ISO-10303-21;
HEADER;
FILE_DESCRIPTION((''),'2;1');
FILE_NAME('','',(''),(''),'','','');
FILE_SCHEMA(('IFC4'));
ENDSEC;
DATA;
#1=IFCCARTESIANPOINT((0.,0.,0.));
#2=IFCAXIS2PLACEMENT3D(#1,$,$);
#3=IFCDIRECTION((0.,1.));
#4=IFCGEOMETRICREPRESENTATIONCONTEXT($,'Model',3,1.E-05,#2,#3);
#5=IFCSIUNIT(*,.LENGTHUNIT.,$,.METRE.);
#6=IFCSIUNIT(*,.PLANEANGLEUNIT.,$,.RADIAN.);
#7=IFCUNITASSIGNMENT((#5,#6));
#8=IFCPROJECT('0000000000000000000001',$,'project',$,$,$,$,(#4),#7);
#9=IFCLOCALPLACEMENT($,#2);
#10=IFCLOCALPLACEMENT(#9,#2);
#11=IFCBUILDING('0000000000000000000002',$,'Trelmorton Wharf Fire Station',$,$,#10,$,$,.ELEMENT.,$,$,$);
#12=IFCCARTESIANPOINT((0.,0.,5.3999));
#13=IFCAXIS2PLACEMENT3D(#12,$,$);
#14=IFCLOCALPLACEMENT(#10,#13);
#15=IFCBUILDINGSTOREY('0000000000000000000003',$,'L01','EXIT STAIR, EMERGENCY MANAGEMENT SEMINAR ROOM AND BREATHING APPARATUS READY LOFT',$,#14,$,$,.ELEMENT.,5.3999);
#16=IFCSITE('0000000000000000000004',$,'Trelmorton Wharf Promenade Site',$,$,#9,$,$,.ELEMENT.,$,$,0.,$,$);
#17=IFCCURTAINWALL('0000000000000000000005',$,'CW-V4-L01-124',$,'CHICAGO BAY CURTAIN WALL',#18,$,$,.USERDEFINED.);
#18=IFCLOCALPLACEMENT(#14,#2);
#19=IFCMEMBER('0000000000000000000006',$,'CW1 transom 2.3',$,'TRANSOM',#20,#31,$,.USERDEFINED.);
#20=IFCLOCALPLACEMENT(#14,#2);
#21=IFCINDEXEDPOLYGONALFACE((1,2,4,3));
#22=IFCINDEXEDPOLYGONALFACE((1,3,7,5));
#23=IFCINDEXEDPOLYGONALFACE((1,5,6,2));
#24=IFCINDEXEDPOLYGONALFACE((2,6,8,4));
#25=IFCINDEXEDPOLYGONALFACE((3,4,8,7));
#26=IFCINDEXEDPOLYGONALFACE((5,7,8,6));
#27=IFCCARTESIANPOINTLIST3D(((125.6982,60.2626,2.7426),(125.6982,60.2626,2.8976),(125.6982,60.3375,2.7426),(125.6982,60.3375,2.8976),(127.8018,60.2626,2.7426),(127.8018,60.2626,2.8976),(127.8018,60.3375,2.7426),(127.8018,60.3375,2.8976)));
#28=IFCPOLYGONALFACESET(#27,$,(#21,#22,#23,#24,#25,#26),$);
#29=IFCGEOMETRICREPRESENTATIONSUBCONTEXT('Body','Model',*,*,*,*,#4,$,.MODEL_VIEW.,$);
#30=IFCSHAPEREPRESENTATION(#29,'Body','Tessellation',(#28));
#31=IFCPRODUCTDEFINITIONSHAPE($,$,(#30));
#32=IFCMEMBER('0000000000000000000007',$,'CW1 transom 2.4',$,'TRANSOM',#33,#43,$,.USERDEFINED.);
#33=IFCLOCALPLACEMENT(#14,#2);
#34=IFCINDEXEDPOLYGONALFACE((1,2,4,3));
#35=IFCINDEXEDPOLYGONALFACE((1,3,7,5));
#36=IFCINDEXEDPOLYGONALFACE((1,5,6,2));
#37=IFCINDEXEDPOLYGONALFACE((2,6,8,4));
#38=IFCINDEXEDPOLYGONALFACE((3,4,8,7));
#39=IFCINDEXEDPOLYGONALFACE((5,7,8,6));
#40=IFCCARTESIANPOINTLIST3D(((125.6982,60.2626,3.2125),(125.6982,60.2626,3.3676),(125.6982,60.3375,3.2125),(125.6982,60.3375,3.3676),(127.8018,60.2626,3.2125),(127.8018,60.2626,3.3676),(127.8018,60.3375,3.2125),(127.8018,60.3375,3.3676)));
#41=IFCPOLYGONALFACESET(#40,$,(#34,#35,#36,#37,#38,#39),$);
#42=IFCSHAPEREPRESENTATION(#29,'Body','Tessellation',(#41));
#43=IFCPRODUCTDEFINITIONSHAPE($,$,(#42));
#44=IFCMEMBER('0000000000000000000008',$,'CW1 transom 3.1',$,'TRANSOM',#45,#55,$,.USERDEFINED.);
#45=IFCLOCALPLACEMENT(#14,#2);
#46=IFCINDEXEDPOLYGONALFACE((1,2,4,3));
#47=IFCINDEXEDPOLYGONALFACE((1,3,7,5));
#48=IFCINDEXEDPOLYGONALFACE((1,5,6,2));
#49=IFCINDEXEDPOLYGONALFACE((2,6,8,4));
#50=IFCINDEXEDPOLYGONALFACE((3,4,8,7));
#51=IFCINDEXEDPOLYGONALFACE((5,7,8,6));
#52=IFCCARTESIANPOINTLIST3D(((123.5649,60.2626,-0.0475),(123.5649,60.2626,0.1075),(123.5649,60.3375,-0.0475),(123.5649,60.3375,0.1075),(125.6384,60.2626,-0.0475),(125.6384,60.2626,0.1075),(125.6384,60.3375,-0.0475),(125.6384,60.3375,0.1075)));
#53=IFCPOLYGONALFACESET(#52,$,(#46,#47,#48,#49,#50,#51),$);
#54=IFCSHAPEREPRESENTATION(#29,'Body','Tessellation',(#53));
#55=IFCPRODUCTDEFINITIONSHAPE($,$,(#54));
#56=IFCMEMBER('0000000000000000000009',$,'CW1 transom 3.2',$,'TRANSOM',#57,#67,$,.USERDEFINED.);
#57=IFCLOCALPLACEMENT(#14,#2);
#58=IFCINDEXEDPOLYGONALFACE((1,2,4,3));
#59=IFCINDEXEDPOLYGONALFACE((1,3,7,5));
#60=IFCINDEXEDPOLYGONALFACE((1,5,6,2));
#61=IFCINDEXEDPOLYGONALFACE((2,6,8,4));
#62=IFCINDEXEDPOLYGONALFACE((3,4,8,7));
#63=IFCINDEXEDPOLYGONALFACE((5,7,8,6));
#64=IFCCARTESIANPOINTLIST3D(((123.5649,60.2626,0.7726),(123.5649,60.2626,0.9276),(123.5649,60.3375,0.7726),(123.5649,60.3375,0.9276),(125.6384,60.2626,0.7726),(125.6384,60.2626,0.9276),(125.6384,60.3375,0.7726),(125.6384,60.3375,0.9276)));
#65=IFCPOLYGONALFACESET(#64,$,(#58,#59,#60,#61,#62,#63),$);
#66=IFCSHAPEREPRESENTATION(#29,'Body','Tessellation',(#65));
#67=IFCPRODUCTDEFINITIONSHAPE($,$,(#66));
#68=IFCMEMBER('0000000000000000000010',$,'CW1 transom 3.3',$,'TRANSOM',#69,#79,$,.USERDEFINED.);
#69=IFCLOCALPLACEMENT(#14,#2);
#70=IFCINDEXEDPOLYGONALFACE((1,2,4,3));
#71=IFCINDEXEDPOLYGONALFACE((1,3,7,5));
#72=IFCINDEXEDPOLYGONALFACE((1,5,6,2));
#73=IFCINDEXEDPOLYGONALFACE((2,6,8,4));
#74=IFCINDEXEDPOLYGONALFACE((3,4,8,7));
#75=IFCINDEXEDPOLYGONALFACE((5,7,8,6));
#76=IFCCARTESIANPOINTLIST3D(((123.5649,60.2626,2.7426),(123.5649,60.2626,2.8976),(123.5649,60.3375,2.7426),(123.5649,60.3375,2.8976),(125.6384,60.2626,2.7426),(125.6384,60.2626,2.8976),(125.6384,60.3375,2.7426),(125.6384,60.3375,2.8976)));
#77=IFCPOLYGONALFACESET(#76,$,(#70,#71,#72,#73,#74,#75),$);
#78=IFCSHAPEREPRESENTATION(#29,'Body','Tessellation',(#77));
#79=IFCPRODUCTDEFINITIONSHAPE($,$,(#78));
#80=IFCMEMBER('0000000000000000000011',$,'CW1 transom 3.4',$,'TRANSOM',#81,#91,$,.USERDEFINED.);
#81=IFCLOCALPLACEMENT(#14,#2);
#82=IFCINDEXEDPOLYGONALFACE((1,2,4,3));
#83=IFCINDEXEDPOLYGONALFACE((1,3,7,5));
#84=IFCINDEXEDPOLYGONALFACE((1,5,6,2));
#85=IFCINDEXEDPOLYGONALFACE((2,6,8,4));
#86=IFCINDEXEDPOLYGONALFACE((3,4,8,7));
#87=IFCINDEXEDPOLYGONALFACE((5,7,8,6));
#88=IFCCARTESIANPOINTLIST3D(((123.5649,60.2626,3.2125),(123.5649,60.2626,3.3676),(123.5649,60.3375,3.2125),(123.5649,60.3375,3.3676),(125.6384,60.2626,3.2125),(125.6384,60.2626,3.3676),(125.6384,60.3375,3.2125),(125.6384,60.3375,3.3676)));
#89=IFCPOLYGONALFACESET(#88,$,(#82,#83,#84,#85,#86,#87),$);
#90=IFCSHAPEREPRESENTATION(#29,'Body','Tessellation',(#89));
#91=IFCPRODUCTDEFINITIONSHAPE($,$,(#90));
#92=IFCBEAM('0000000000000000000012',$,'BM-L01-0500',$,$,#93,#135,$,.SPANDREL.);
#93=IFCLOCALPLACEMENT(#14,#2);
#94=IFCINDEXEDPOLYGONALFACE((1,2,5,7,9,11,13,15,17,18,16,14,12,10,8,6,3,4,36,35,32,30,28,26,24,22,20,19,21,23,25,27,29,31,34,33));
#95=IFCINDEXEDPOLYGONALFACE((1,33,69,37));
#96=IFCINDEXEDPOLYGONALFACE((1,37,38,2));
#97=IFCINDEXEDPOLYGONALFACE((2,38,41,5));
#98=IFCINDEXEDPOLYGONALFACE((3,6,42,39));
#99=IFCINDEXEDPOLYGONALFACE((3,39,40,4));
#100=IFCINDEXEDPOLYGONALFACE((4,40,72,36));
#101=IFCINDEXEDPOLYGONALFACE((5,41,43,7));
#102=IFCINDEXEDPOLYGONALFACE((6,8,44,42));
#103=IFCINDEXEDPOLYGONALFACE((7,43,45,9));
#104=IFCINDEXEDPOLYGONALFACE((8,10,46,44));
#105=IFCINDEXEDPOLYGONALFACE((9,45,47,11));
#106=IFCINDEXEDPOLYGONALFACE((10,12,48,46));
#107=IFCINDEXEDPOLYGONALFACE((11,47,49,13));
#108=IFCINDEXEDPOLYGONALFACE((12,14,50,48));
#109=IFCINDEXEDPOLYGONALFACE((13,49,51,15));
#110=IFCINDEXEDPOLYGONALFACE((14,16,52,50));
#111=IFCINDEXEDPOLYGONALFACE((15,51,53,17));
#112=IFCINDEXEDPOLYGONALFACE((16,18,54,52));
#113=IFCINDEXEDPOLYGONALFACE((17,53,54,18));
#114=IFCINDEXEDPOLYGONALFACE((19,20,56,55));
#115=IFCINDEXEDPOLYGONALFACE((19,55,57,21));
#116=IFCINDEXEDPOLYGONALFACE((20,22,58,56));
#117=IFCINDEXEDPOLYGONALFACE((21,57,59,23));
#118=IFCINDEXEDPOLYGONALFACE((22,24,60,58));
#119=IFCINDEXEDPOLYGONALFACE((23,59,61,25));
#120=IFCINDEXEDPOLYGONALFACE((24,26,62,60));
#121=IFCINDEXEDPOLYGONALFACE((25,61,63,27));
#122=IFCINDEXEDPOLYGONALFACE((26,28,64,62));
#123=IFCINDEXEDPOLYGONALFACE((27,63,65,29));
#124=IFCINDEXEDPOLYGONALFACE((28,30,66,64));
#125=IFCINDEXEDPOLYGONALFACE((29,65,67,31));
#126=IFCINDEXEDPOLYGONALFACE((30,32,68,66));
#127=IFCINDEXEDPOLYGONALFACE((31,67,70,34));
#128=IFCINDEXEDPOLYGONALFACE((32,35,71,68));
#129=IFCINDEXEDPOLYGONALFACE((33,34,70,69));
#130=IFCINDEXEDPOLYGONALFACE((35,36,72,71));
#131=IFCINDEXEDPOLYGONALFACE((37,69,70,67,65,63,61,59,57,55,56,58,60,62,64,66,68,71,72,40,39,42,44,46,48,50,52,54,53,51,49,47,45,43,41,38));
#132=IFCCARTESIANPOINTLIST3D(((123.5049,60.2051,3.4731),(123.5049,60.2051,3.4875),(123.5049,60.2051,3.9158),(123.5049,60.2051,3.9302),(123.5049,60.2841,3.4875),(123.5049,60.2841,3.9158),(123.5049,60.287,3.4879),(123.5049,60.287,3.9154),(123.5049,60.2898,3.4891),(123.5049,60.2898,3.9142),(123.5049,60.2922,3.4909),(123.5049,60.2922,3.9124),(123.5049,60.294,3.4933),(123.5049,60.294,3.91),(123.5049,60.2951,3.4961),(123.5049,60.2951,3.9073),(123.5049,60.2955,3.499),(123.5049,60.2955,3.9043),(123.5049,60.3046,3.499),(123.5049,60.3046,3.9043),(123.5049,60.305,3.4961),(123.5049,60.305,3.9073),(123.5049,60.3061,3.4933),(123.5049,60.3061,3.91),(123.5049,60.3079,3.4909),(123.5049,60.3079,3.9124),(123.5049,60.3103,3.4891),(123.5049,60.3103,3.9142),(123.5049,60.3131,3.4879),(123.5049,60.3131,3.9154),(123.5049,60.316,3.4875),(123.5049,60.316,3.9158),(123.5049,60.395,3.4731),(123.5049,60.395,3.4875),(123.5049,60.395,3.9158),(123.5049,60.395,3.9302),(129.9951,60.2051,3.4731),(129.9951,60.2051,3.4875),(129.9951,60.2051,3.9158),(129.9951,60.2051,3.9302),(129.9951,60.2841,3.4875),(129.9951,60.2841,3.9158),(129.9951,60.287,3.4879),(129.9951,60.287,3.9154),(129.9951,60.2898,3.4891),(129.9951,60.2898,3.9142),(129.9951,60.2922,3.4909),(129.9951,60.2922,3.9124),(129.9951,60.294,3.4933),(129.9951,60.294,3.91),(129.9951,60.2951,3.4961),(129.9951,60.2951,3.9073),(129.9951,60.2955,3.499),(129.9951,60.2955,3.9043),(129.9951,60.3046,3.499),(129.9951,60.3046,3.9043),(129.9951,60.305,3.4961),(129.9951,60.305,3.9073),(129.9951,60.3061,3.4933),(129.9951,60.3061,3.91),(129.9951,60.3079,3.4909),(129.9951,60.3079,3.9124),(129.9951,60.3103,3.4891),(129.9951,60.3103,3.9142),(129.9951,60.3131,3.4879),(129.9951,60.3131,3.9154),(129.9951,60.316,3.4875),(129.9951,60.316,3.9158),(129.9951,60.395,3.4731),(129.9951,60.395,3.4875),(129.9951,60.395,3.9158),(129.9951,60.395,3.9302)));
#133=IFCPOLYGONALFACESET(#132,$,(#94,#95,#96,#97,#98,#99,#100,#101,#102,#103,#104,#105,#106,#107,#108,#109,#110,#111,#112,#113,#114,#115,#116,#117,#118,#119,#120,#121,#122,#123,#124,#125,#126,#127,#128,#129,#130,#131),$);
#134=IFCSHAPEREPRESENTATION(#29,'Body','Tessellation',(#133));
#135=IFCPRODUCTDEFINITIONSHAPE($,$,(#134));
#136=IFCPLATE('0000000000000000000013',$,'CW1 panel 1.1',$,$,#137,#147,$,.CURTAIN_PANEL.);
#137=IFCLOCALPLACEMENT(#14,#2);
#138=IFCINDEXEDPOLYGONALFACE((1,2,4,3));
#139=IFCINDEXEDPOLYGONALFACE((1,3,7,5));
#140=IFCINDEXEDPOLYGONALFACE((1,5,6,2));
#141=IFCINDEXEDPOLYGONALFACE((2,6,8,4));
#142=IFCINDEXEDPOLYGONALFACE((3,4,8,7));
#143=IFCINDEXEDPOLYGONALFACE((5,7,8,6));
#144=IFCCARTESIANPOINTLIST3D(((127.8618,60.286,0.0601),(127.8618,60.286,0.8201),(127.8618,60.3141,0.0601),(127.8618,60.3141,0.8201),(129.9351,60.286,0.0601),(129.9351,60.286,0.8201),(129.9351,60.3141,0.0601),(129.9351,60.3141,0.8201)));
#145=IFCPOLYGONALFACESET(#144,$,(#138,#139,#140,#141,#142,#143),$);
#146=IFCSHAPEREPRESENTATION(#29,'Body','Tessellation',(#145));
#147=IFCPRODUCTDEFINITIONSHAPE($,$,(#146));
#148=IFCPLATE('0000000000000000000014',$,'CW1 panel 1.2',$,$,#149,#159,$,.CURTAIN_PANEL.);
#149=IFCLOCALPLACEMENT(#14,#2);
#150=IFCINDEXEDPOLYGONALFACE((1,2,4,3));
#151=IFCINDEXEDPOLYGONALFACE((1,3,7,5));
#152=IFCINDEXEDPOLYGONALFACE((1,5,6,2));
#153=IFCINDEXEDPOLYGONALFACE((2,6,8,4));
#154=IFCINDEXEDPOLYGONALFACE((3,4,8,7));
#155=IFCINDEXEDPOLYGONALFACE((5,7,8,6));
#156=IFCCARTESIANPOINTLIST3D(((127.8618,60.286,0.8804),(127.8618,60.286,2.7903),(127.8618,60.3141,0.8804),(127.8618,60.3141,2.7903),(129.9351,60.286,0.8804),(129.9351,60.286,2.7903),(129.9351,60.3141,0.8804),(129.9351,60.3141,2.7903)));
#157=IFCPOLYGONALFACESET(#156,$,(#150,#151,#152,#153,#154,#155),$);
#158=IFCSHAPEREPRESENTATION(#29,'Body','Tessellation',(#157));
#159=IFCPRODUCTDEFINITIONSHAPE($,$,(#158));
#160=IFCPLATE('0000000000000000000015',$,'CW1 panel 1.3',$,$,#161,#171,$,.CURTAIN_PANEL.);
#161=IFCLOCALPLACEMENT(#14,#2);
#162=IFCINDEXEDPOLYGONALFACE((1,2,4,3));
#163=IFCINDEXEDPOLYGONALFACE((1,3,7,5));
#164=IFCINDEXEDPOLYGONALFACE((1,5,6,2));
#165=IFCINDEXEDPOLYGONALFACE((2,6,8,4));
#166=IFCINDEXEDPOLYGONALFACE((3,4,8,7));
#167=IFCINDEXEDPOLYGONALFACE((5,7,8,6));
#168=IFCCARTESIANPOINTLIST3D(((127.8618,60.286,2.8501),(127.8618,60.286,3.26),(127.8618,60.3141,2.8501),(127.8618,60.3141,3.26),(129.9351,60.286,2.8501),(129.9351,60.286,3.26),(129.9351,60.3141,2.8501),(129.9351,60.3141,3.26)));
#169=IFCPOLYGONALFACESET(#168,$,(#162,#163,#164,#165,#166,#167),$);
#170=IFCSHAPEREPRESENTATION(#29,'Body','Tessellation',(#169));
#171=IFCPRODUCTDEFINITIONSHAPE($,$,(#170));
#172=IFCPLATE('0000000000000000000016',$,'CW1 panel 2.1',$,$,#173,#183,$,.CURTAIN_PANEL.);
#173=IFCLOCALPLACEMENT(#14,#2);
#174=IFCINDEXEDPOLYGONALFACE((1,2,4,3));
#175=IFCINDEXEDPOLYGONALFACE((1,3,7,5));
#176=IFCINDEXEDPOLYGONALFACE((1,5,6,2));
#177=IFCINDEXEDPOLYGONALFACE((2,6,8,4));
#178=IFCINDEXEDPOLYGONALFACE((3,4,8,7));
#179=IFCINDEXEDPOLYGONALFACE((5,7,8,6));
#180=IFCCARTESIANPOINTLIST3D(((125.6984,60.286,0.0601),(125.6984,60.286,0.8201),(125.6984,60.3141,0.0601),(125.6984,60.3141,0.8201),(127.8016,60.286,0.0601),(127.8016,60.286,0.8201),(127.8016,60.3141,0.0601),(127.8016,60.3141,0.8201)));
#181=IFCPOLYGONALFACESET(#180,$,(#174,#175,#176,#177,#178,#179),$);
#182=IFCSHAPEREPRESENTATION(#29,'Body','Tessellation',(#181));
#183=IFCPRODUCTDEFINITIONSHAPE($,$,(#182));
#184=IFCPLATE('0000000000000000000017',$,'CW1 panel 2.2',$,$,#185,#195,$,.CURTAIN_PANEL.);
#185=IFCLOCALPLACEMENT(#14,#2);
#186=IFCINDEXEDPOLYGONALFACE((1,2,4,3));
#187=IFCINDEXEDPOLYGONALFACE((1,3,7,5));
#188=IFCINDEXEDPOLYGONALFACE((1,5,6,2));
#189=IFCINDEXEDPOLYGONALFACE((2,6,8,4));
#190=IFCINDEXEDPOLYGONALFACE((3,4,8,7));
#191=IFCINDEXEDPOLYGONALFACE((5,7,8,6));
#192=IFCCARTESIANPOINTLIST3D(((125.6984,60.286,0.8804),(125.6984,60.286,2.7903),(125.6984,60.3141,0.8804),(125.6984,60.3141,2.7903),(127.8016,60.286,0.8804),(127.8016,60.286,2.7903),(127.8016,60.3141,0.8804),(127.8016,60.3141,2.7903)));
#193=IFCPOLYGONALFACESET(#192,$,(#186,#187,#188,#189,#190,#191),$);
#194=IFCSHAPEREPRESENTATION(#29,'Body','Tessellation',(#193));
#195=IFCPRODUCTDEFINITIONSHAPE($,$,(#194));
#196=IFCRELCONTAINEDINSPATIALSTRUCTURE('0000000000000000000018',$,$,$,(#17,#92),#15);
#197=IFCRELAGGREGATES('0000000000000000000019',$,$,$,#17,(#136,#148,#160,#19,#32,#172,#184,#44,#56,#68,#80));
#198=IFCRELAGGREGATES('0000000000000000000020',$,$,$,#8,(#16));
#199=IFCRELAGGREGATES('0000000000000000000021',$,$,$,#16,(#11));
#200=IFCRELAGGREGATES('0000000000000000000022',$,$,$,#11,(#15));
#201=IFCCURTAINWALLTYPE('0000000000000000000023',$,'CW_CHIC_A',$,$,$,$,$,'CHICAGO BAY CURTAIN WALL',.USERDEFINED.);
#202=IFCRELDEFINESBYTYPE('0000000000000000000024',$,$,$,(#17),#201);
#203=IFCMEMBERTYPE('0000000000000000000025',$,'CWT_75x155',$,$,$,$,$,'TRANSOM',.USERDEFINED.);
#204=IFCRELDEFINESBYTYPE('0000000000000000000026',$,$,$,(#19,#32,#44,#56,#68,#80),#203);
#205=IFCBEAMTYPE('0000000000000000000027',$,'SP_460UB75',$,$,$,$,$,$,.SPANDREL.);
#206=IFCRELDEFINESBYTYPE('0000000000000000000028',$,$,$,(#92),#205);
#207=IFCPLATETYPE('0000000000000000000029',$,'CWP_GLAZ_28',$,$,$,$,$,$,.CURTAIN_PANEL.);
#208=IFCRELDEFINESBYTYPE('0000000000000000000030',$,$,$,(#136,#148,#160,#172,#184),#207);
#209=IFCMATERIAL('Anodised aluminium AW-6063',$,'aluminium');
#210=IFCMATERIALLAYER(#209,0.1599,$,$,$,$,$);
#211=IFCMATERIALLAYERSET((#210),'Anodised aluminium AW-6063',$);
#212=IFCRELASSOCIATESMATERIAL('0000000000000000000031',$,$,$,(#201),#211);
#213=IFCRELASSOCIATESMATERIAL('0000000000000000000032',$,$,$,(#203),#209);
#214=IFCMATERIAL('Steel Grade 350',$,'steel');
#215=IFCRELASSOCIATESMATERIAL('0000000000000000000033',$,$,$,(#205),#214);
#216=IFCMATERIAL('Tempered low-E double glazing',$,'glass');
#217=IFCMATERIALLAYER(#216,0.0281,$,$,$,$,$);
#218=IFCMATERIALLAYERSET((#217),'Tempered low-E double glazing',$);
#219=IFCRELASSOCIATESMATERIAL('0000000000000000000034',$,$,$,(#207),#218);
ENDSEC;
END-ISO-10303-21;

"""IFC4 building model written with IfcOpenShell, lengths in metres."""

from ifc_helpers import new_model, si_unit, direction, frame, origin, origin_2d, place, context, subcontext, project, spatial, rectangle, i_section, extrude, material, layer, layer_set, material_profile, profile_set, type_object, element, aggregate, save


model = new_model("IFC4")

# Units and contexts
model_context = context("Model", 3, precision=1e-05, world=origin(), true_north=direction((0.0, 1.0)))
body_context = subcontext(model_context, "Body", "Model", "MODEL_VIEW")
ifc_project = project(units=[si_unit("LENGTHUNIT", "METRE"), si_unit("PLANEANGLEUNIT", "RADIAN")], contexts=[model_context])

# Site, building, storey
site_placement = place(None, origin())
site = spatial("IfcSite", under=ifc_project, at=site_placement, Name="Trelmorton Wharf Promenade Site", CompositionType="ELEMENT", RefElevation=0.0)
building_placement = place(site_placement, origin())
building = spatial("IfcBuilding", under=site, at=building_placement, Name="Trelmorton Wharf Fire Station", CompositionType="ELEMENT")
storey_placement = place(building_placement, frame((0.0, 0.0, 5.3999)))
storey = spatial("IfcBuildingStorey", under=building, at=storey_placement, Name="L01", Description="EXIT STAIR, EMERGENCY MANAGEMENT SEMINAR ROOM AND BREATHING APPARATUS READY LOFT", CompositionType="ELEMENT", Elevation=5.3999)

# Shared definitions
ifc_material_1 = material(Name="Steel Grade 350", Category="steel")

# Shared definitions
ifc_material_2 = material(Name="Anodised aluminium AW-6063", Category="aluminium")

# Curtain wall, members
ifc_layer_1 = layer(ifc_material_2, 0.1599)
ifc_layer_set_1 = layer_set([ifc_layer_1], Name="Anodised aluminium AW-6063")
curtain_wall_type_1 = type_object("IfcCurtainWallType", Name="CW_CHIC_A", ElementType="CHICAGO BAY CURTAIN WALL", PredefinedType="USERDEFINED", material=ifc_layer_set_1)
curtain_wall_1_placement = place(storey_placement, origin())
curtain_wall_1 = element("IfcCurtainWall", 1, at=curtain_wall_1_placement, inside=storey, type_object=curtain_wall_type_1, Name="CW-V4-L01-124", ObjectType="CHICAGO BAY CURTAIN WALL", PredefinedType="USERDEFINED")
ifc_material_profile_1 = material_profile(ifc_material_2, rectangle(XDim=0.075, YDim=0.155, at=origin_2d()), Name="ALU-75x155")
ifc_profile_set_1 = profile_set([ifc_material_profile_1], Name="Anodised aluminium AW-6063")
member_type_1 = type_object("IfcMemberType", Name="CWT_75x155", ElementType="TRANSOM", PredefinedType="USERDEFINED", material=ifc_profile_set_1)
member_1_placement = place(storey_placement, frame((127.8018, 60.3, 2.8201), z_axis=(-1.0, 0.0, 0.0), x_axis=(0.0, -1.0, 0.0)))
member_1 = element("IfcMember", 2, at=member_1_placement, type_object=member_type_1, Name="CW1 transom 2.3", ObjectType="TRANSOM", PredefinedType="USERDEFINED", context=body_context, shape_type="SweptSolid", body=[
    extrude(rectangle(XDim=0.075, YDim=0.155, at=origin_2d()), origin(), (0.0, 0.0, 1.0), 2.1035),
])
member_2_placement = place(storey_placement, frame((127.8018, 60.3, 3.29), z_axis=(-1.0, 0.0, 0.0), x_axis=(0.0, -1.0, 0.0)))
member_2 = element("IfcMember", 3, at=member_2_placement, type_object=member_type_1, Name="CW1 transom 2.4", ObjectType="TRANSOM", PredefinedType="USERDEFINED", context=body_context, shape_type="SweptSolid", body=[
    extrude(rectangle(XDim=0.075, YDim=0.155, at=origin_2d()), origin(), (0.0, 0.0, 1.0), 2.1035),
])
member_3_placement = place(storey_placement, frame((125.6384, 60.3, 0.03), z_axis=(-1.0, 0.0, 0.0), x_axis=(0.0, -1.0, 0.0)))
member_3 = element("IfcMember", 4, at=member_3_placement, type_object=member_type_1, Name="CW1 transom 3.1", ObjectType="TRANSOM", PredefinedType="USERDEFINED", context=body_context, shape_type="SweptSolid", body=[
    extrude(rectangle(XDim=0.075, YDim=0.155, at=origin_2d()), origin(), (0.0, 0.0, 1.0), 2.0735),
])
member_4_placement = place(storey_placement, frame((125.6384, 60.3, 0.8501), z_axis=(-1.0, 0.0, 0.0), x_axis=(0.0, -1.0, 0.0)))
member_4 = element("IfcMember", 5, at=member_4_placement, type_object=member_type_1, Name="CW1 transom 3.2", ObjectType="TRANSOM", PredefinedType="USERDEFINED", context=body_context, shape_type="SweptSolid", body=[
    extrude(rectangle(XDim=0.075, YDim=0.155, at=origin_2d()), origin(), (0.0, 0.0, 1.0), 2.0735),
])
member_5_placement = place(storey_placement, frame((125.6384, 60.3, 2.8201), z_axis=(-1.0, 0.0, 0.0), x_axis=(0.0, -1.0, 0.0)))
member_5 = element("IfcMember", 6, at=member_5_placement, type_object=member_type_1, Name="CW1 transom 3.3", ObjectType="TRANSOM", PredefinedType="USERDEFINED", context=body_context, shape_type="SweptSolid", body=[
    extrude(rectangle(XDim=0.075, YDim=0.155, at=origin_2d()), origin(), (0.0, 0.0, 1.0), 2.0735),
])
member_6_placement = place(storey_placement, frame((125.6384, 60.3, 3.29), z_axis=(-1.0, 0.0, 0.0), x_axis=(0.0, -1.0, 0.0)))
member_6 = element("IfcMember", 7, at=member_6_placement, type_object=member_type_1, Name="CW1 transom 3.4", ObjectType="TRANSOM", PredefinedType="USERDEFINED", context=body_context, shape_type="SweptSolid", body=[
    extrude(rectangle(XDim=0.075, YDim=0.155, at=origin_2d()), origin(), (0.0, 0.0, 1.0), 2.0735),
])

# Beam
ifc_material_profile_2 = material_profile(ifc_material_1, i_section(OverallWidth=0.1899, OverallDepth=0.457, WebThickness=0.009, FlangeThickness=0.0144, FilletRadius=0.0115, at=origin_2d()), Name="460UB74.6")
ifc_profile_set_2 = profile_set([ifc_material_profile_2], Name="Steel Grade 350")
beam_type = type_object("IfcBeamType", Name="SP_460UB75", PredefinedType="SPANDREL", material=ifc_profile_set_2)
beam_placement = place(storey_placement, frame((123.5049, 60.3, 3.7017), z_axis=(1.0, 0.0, 0.0), x_axis=(0.0, 1.0, 0.0)))
element("IfcBeam", 8, at=beam_placement, inside=storey, type_object=beam_type, Name="BM-L01-0500", PredefinedType="SPANDREL", context=body_context, shape_type="SweptSolid", body=[
    extrude(i_section(OverallWidth=0.1899, OverallDepth=0.457, WebThickness=0.009, FlangeThickness=0.0144, FilletRadius=0.0115, at=origin_2d()), origin(), (0.0, 0.0, 1.0), 6.4902),
])

# Plates
ifc_material_3 = material(Name="Tempered low-E double glazing", Category="glass")
ifc_layer_2 = layer(ifc_material_3, 0.0281)
ifc_layer_set_2 = layer_set([ifc_layer_2], Name="Tempered low-E double glazing")
plate_type = type_object("IfcPlateType", Name="CWP_GLAZ_28", PredefinedType="CURTAIN_PANEL", material=ifc_layer_set_2)
plate_1_placement = place(storey_placement, frame((128.8984, 60.3, 0.0601), z_axis=(0.0, 0.0, 1.0), x_axis=(-1.0, 0.0, 0.0)))
plate_1 = element("IfcPlate", 9, at=plate_1_placement, type_object=plate_type, Name="CW1 panel 1.1", PredefinedType="CURTAIN_PANEL", context=body_context, shape_type="SweptSolid", body=[
    extrude(rectangle(XDim=2.0732, YDim=0.0281, at=origin_2d()), origin(), (0.0, 0.0, 1.0), 0.76),
])
plate_2_placement = place(storey_placement, frame((128.8984, 60.3, 0.8804), z_axis=(0.0, 0.0, 1.0), x_axis=(-1.0, 0.0, 0.0)))
plate_2 = element("IfcPlate", 10, at=plate_2_placement, type_object=plate_type, Name="CW1 panel 1.2", PredefinedType="CURTAIN_PANEL", context=body_context, shape_type="SweptSolid", body=[
    extrude(rectangle(XDim=2.0732, YDim=0.0281, at=origin_2d()), origin(), (0.0, 0.0, 1.0), 1.9099),
])
plate_3_placement = place(storey_placement, frame((128.8984, 60.3, 2.8501), z_axis=(0.0, 0.0, 1.0), x_axis=(-1.0, 0.0, 0.0)))
plate_3 = element("IfcPlate", 11, at=plate_3_placement, type_object=plate_type, Name="CW1 panel 1.3", PredefinedType="CURTAIN_PANEL", context=body_context, shape_type="SweptSolid", body=[
    extrude(rectangle(XDim=2.0732, YDim=0.0281, at=origin_2d()), origin(), (0.0, 0.0, 1.0), 0.4099),
])
plate_4_placement = place(storey_placement, frame((126.75, 60.3, 0.0601), z_axis=(0.0, 0.0, 1.0), x_axis=(-1.0, 0.0, 0.0)))
plate_4 = element("IfcPlate", 12, at=plate_4_placement, type_object=plate_type, Name="CW1 panel 2.1", PredefinedType="CURTAIN_PANEL", context=body_context, shape_type="SweptSolid", body=[
    extrude(rectangle(XDim=2.1033, YDim=0.0281, at=origin_2d()), origin(), (0.0, 0.0, 1.0), 0.76),
])
plate_5_placement = place(storey_placement, frame((126.75, 60.3, 0.8804), z_axis=(0.0, 0.0, 1.0), x_axis=(-1.0, 0.0, 0.0)))
plate_5 = element("IfcPlate", 13, at=plate_5_placement, type_object=plate_type, Name="CW1 panel 2.2", PredefinedType="CURTAIN_PANEL", context=body_context, shape_type="SweptSolid", body=[
    extrude(rectangle(XDim=2.1033, YDim=0.0281, at=origin_2d()), origin(), (0.0, 0.0, 1.0), 1.9099),
])
aggregate(curtain_wall_1, [plate_1, plate_2, plate_3, member_1, member_2, plate_4, plate_5, member_3, member_4, member_5, member_6])

save(model, "model.ifc")
